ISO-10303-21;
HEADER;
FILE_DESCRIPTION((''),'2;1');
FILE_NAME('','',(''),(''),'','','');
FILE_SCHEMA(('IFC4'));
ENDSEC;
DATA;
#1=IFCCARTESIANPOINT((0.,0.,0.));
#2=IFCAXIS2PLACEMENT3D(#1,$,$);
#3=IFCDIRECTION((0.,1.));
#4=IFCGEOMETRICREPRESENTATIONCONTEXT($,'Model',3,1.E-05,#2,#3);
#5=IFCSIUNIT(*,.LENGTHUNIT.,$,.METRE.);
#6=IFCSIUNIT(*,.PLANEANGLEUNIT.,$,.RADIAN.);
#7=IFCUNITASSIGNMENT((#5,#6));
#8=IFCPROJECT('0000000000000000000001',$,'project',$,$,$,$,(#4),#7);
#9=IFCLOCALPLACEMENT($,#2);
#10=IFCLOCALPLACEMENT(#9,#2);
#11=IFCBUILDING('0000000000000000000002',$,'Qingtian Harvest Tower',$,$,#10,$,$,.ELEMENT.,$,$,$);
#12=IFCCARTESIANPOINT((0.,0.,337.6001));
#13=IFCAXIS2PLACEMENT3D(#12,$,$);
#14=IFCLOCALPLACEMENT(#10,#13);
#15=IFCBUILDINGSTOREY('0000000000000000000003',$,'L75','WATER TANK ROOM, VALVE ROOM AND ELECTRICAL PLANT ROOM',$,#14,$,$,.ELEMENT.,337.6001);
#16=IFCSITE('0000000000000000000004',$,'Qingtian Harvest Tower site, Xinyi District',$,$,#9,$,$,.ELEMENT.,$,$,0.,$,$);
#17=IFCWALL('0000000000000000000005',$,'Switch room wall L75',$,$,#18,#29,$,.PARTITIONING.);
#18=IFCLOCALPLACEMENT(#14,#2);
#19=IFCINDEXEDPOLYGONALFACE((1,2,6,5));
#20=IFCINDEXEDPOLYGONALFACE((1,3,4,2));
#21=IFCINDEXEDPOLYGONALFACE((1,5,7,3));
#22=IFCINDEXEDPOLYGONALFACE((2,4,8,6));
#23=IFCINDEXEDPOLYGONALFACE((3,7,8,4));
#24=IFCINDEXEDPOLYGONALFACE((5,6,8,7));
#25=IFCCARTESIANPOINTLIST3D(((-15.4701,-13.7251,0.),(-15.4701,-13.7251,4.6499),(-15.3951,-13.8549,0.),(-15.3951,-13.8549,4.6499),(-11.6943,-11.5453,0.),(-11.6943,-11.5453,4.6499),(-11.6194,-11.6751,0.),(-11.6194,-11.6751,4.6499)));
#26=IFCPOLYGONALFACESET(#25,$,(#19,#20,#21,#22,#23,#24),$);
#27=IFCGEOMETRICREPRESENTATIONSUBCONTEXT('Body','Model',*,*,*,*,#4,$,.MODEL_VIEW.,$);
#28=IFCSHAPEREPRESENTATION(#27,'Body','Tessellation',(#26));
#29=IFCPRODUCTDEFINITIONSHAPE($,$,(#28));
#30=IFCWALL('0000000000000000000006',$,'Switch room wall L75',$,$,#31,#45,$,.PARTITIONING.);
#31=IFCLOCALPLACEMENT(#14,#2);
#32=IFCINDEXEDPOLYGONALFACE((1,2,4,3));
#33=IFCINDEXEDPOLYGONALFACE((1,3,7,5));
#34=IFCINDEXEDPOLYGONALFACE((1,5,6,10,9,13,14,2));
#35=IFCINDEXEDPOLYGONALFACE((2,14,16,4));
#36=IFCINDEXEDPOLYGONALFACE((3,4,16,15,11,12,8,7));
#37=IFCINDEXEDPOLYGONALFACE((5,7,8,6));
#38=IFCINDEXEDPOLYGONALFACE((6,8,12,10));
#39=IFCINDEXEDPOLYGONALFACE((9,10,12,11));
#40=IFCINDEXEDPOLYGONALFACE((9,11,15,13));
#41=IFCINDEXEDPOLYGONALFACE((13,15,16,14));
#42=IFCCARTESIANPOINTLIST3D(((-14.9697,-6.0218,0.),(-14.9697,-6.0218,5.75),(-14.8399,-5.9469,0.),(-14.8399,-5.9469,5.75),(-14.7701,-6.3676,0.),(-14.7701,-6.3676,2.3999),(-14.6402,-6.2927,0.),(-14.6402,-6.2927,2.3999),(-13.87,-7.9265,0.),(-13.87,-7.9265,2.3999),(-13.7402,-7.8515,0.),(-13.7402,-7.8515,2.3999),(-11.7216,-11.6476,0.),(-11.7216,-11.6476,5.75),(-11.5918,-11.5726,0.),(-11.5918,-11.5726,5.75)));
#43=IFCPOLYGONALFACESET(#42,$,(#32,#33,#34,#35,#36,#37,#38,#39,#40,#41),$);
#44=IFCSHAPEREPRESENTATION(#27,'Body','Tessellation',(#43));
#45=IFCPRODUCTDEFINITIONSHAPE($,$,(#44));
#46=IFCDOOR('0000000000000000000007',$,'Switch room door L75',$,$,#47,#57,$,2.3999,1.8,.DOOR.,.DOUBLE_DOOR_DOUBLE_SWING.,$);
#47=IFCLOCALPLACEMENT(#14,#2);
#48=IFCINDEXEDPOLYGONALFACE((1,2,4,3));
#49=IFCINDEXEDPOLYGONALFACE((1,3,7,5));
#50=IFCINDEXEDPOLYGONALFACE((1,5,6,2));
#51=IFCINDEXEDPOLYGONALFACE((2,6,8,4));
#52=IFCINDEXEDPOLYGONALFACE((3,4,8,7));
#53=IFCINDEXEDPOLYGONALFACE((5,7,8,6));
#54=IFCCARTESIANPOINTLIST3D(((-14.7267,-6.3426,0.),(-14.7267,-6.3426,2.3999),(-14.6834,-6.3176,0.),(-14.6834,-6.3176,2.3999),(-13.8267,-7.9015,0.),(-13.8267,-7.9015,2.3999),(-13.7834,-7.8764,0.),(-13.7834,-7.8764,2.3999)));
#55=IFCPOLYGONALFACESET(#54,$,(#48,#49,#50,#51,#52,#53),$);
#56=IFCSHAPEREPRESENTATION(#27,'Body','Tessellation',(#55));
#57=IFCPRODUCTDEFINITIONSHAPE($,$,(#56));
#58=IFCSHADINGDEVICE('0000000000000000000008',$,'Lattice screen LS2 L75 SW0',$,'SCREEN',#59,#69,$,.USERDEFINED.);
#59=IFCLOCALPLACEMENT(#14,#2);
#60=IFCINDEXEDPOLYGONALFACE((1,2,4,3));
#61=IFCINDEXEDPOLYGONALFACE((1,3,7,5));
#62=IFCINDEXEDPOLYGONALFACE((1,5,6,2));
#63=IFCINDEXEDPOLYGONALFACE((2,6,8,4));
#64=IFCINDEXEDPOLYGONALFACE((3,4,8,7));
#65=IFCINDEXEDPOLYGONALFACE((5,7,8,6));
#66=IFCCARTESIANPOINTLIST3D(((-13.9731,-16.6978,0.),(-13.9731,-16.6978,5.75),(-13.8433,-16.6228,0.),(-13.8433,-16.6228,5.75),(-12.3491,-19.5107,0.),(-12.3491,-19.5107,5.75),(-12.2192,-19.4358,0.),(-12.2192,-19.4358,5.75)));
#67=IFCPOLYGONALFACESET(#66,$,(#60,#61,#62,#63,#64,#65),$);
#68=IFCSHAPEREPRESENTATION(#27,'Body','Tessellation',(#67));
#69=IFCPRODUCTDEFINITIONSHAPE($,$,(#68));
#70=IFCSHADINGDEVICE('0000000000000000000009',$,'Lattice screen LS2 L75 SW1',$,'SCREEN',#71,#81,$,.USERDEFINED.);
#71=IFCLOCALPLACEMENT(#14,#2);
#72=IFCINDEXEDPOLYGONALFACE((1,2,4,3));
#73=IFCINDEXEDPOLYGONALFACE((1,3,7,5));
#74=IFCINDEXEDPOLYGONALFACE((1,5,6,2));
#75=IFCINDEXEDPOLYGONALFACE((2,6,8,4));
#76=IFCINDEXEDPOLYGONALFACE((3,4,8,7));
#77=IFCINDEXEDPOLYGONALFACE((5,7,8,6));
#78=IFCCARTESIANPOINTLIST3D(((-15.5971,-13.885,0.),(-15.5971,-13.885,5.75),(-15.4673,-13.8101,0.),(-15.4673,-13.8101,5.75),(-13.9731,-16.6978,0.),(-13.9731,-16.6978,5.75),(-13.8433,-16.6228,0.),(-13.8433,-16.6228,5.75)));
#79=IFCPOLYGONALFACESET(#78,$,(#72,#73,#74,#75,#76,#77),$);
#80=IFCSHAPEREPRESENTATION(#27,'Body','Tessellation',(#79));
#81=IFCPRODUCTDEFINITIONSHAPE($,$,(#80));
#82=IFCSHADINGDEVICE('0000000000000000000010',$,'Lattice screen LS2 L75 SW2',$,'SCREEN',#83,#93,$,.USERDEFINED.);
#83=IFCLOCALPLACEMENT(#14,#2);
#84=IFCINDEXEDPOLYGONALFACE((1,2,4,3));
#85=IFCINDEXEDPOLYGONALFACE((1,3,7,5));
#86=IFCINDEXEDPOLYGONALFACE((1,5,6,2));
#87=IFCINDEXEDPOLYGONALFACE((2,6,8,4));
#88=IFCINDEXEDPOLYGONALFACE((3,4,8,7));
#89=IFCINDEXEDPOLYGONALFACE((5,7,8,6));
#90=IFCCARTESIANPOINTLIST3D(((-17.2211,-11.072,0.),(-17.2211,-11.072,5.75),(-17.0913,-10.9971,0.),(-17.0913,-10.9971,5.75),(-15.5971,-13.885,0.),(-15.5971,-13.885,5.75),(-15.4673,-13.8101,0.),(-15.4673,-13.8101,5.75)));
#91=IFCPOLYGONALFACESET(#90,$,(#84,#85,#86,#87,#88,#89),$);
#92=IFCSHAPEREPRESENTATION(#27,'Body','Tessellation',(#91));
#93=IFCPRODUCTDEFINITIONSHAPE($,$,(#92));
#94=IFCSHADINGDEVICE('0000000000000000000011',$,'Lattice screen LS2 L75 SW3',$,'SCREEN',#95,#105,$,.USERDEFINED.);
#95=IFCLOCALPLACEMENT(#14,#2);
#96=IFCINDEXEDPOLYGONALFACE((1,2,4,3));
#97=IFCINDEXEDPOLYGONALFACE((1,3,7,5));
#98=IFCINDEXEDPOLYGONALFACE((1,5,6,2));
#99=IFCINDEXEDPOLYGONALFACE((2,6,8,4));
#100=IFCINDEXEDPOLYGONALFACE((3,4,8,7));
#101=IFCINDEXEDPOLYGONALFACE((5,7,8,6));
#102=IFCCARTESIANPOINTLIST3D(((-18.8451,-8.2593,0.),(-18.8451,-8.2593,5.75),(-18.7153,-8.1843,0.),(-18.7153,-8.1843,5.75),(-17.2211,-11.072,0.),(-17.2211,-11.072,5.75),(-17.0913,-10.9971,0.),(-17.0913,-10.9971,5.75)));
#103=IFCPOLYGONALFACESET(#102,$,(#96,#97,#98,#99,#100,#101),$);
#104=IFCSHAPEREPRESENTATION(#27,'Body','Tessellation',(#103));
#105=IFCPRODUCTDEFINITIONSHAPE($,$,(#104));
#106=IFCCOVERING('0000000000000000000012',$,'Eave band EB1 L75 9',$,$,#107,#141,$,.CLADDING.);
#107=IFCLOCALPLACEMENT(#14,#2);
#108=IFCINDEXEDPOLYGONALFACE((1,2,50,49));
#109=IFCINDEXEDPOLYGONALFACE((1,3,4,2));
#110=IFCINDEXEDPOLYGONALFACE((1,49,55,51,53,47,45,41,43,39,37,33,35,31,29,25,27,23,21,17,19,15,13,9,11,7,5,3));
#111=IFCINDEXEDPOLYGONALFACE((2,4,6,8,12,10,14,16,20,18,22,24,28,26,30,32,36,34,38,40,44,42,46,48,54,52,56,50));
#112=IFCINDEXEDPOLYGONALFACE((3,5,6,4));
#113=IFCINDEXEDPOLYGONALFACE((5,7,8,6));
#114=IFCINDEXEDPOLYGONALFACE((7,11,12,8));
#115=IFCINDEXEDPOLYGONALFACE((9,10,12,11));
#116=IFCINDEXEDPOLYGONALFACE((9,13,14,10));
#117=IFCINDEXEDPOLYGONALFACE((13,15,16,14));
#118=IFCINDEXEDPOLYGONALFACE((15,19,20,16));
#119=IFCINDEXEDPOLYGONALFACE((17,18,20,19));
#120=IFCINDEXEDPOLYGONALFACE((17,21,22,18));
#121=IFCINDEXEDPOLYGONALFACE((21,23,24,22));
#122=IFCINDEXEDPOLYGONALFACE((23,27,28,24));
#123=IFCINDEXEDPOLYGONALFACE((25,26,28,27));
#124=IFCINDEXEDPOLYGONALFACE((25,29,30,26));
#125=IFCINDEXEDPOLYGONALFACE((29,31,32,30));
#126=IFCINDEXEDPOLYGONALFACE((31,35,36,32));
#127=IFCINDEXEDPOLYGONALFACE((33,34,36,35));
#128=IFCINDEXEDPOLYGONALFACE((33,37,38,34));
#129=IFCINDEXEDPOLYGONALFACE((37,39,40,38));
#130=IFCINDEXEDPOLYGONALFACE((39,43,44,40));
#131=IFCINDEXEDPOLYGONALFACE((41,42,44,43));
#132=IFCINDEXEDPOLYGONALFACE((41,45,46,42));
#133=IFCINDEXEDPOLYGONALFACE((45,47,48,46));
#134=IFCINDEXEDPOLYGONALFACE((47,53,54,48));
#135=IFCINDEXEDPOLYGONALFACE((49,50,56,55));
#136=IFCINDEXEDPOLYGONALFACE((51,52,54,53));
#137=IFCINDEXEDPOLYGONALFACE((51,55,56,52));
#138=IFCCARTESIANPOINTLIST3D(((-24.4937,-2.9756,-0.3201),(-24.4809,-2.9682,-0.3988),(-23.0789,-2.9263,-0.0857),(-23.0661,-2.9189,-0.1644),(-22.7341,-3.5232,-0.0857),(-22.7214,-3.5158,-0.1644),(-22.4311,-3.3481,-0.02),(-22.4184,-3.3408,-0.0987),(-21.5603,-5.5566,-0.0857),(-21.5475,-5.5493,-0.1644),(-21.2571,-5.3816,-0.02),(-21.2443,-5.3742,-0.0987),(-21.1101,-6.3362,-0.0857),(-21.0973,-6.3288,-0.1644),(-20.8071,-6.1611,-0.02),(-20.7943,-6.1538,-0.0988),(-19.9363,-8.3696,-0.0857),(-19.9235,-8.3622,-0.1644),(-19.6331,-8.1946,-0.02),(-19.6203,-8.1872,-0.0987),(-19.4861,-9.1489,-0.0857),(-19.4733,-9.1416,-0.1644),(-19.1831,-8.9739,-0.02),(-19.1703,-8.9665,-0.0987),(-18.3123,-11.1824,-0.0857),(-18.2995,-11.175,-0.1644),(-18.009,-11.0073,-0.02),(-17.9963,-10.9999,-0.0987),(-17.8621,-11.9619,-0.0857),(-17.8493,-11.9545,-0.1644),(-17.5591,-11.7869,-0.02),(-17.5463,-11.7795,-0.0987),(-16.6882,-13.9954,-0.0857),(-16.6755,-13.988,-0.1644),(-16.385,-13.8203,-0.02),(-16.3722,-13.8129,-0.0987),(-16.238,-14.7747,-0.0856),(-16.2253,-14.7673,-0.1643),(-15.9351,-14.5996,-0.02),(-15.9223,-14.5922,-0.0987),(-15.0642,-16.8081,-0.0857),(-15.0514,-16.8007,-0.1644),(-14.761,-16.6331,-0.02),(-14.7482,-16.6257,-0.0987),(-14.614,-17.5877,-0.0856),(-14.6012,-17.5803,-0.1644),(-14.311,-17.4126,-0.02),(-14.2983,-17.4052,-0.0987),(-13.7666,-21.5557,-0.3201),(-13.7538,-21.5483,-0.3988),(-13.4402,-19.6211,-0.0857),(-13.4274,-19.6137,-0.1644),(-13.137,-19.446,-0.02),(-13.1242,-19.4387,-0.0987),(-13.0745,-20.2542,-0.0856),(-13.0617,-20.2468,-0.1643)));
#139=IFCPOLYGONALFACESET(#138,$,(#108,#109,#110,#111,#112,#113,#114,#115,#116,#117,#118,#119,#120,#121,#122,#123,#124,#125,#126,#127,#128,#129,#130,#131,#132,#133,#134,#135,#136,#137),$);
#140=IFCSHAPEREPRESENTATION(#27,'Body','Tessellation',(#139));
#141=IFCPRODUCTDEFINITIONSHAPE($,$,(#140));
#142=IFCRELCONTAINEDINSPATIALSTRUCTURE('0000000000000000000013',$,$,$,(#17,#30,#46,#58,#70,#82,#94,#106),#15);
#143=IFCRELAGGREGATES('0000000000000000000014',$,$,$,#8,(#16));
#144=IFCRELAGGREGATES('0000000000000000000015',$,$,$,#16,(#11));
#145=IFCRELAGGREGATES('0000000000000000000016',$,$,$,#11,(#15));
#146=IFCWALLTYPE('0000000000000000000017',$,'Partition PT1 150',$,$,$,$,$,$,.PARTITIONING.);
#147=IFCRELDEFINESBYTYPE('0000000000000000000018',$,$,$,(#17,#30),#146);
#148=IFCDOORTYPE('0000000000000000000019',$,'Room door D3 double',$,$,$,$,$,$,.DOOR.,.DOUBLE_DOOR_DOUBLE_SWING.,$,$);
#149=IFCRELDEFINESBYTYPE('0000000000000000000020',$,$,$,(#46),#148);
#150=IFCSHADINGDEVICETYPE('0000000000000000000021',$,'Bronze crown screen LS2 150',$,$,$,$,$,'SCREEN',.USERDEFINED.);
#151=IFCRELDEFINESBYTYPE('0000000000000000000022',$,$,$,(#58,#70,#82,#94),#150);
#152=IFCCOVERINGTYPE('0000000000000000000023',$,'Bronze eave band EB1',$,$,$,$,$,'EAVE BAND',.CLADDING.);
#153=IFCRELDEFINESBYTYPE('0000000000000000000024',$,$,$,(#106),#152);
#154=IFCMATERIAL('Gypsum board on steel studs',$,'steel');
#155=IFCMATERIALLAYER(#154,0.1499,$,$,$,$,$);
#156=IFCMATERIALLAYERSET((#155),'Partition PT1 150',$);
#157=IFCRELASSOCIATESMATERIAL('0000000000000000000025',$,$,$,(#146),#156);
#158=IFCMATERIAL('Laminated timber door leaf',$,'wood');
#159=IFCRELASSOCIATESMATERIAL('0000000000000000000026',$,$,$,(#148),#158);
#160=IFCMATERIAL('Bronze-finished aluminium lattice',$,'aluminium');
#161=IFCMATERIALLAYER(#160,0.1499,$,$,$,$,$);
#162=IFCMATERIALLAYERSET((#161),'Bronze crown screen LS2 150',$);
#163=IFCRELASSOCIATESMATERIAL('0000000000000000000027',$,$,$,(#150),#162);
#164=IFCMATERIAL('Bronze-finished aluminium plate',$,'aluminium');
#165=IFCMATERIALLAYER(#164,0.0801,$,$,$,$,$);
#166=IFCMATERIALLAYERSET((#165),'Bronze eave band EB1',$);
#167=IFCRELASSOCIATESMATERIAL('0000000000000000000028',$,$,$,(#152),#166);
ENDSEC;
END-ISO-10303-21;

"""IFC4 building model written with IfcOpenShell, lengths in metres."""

from ifc_helpers import new_model, si_unit, direction, frame, frame_2d, origin, place, context, subcontext, project, spatial, polyline, rectangle, outline, extrude, material, layer, layer_set, type_object, element, fill, save


model = new_model("IFC4")

# Units and contexts
model_context = context("Model", 3, precision=1e-05, world=origin(), true_north=direction((0.0, 1.0)))
body_context = subcontext(model_context, "Body", "Model", "MODEL_VIEW")
ifc_project = project(units=[si_unit("LENGTHUNIT", "METRE"), si_unit("PLANEANGLEUNIT", "RADIAN")], contexts=[model_context])

# Site, building, storey
site_placement = place(None, origin())
site = spatial("IfcSite", under=ifc_project, at=site_placement, Name="Qingtian Harvest Tower site, Xinyi District", CompositionType="ELEMENT", RefElevation=0.0)
building_placement = place(site_placement, origin())
building = spatial("IfcBuilding", under=site, at=building_placement, Name="Qingtian Harvest Tower", CompositionType="ELEMENT")
storey_placement = place(building_placement, frame((0.0, 0.0, 337.6001)))
storey = spatial("IfcBuildingStorey", under=building, at=storey_placement, Name="L75", Description="WATER TANK ROOM, VALVE ROOM AND ELECTRICAL PLANT ROOM", CompositionType="ELEMENT", Elevation=337.6001)

# Wall
ifc_material_1 = material(Name="Gypsum board on steel studs", Category="steel")
ifc_layer_1 = layer(ifc_material_1, 0.1499)
ifc_layer_set_1 = layer_set([ifc_layer_1], Name="Partition PT1 150")
wall_type = type_object("IfcWallType", Name="Partition PT1 150", PredefinedType="PARTITIONING", material=ifc_layer_set_1)
wall_1_placement = place(storey_placement, frame((-15.4326, -13.79, 0.0), z_axis=(0.0, 0.0, 1.0), x_axis=(0.866033, 0.499987, 0.0)))
element("IfcWall", 1, at=wall_1_placement, inside=storey, type_object=wall_type, Name="Switch room wall L75", PredefinedType="PARTITIONING", context=body_context, shape_type="SweptSolid", body=[
    extrude(rectangle(XDim=4.3599, YDim=0.1499, at=frame_2d((2.1799, 0.0))), origin(), (0.0, 0.0, 1.0), 4.6499),
])

# Wall, opening, door
wall_2_placement = place(storey_placement, frame((-11.6567, -11.6101, 0.0), z_axis=(0.0, 0.0, 1.0), x_axis=(-0.500003, 0.866023, 0.0)))
wall_2 = element("IfcWall", 2, at=wall_2_placement, inside=storey, type_object=wall_type, Name="Switch room wall L75", PredefinedType="PARTITIONING", context=body_context, shape_type="SweptSolid", body=[
    extrude(rectangle(XDim=6.4961, YDim=0.1499, at=frame_2d((3.248, 0.0))), origin(), (0.0, 0.0, 1.0), 5.75),
])
opening_placement = place(wall_2_placement, frame((4.2969, 0.0, 0.0)))
opening = element("IfcOpeningElement", 3, at=opening_placement, cuts=wall_2, PredefinedType="OPENING", context=body_context, shape_type="SweptSolid", body=[
    extrude(rectangle(XDim=1.8, YDim=2.3999, at=frame_2d((0.8999, 1.2))), frame((0.0, 0.085, 0.0), z_axis=(0.0, -1.0, 0.0), x_axis=(1.0, 0.0, 0.0)), (0.0, 0.0, 1.0), 0.1699),
])
ifc_material_2 = material(Name="Laminated timber door leaf", Category="wood")
door_type = type_object("IfcDoorType", Name="Room door D3 double", OperationType="DOUBLE_DOOR_DOUBLE_SWING", PredefinedType="DOOR", material=ifc_material_2)
door_placement = place(opening_placement, origin())
door = element("IfcDoor", 4, at=door_placement, inside=storey, type_object=door_type, Name="Switch room door L75", OperationType="DOUBLE_DOOR_DOUBLE_SWING", OverallHeight=2.3999, OverallWidth=1.8, PredefinedType="DOOR", context=body_context, shape_type="SweptSolid", body=[
    extrude(rectangle(XDim=1.8, YDim=2.3999, at=frame_2d((0.8999, 1.2))), frame((0.0, 0.0249, 0.0), z_axis=(0.0, -1.0, 0.0), x_axis=(1.0, 0.0, 0.0)), (0.0, 0.0, 1.0), 0.05),
])
fill(opening, door)

# Shading devices
ifc_material_3 = material(Name="Bronze-finished aluminium lattice", Category="aluminium")
ifc_layer_2 = layer(ifc_material_3, 0.1499)
ifc_layer_set_2 = layer_set([ifc_layer_2], Name="Bronze crown screen LS2 150")
shading_device_type = type_object("IfcShadingDeviceType", Name="Bronze crown screen LS2 150", ElementType="SCREEN", PredefinedType="USERDEFINED", material=ifc_layer_set_2)
shading_device_1_placement = place(storey_placement, frame((-12.2192, -19.4358, 0.0), z_axis=(0.866033, 0.499987, 0.0), x_axis=(-0.499987, 0.866033, 0.0)))
element("IfcShadingDevice", 5, at=shading_device_1_placement, inside=storey, type_object=shading_device_type, Name="Lattice screen LS2 L75 SW0", ObjectType="SCREEN", PredefinedType="USERDEFINED", context=body_context, shape_type="SweptSolid", body=[
    extrude(outline(polyline([(0.0, 0.0), (3.2481, 0.0), (3.2481, 5.75), (0.0, 5.75), (0.0, 0.0)])), origin(), (0.0, 0.0, -1.0), 0.1499),
])
shading_device_2_placement = place(storey_placement, frame((-13.8433, -16.6228, 0.0), z_axis=(0.866014, 0.50002, 0.0), x_axis=(-0.50002, 0.866014, 0.0)))
element("IfcShadingDevice", 6, at=shading_device_2_placement, inside=storey, type_object=shading_device_type, Name="Lattice screen LS2 L75 SW1", ObjectType="SCREEN", PredefinedType="USERDEFINED", context=body_context, shape_type="SweptSolid", body=[
    extrude(outline(polyline([(0.0, 0.0), (3.2479, 0.0), (3.2479, 5.75), (0.0, 5.75), (0.0, 0.0)])), origin(), (0.0, 0.0, -1.0), 0.1499),
])
shading_device_3_placement = place(storey_placement, frame((-15.4673, -13.8101, 0.0), z_axis=(0.866033, 0.499987, 0.0), x_axis=(-0.499987, 0.866033, 0.0)))
element("IfcShadingDevice", 7, at=shading_device_3_placement, inside=storey, type_object=shading_device_type, Name="Lattice screen LS2 L75 SW2", ObjectType="SCREEN", PredefinedType="USERDEFINED", context=body_context, shape_type="SweptSolid", body=[
    extrude(outline(polyline([(0.0, 0.0), (3.2481, 0.0), (3.2481, 5.75), (0.0, 5.75), (0.0, 0.0)])), origin(), (0.0, 0.0, -1.0), 0.1499),
])
shading_device_4_placement = place(storey_placement, frame((-17.0913, -10.9971, 0.0), z_axis=(0.866014, 0.50002, 0.0), x_axis=(-0.50002, 0.866014, 0.0)))
element("IfcShadingDevice", 8, at=shading_device_4_placement, inside=storey, type_object=shading_device_type, Name="Lattice screen LS2 L75 SW3", ObjectType="SCREEN", PredefinedType="USERDEFINED", context=body_context, shape_type="SweptSolid", body=[
    extrude(outline(polyline([(0.0, 0.0), (3.2479, 0.0), (3.2479, 5.75), (0.0, 5.75), (0.0, 0.0)])), origin(), (0.0, 0.0, -1.0), 0.1499),
])

# Covering
ifc_material_4 = material(Name="Bronze-finished aluminium plate", Category="aluminium")
ifc_layer_3 = layer(ifc_material_4, 0.0801)
ifc_layer_set_3 = layer_set([ifc_layer_3], Name="Bronze eave band EB1")
covering_type = type_object("IfcCoveringType", Name="Bronze eave band EB1", ElementType="EAVE BAND", PredefinedType="CLADDING", material=ifc_layer_set_3)
covering_placement = place(storey_placement, frame((-13.137, -19.446, -0.02), z_axis=(-0.159618, -0.092155, 0.982868), x_axis=(-0.851209, -0.491399, -0.18431)))
element("IfcCovering", 9, at=covering_placement, inside=storey, type_object=covering_type, Name="Eave band EB1 L75 9", PredefinedType="CLADDING", context=body_context, shape_type="SweptSolid", body=[
    extrude(outline(polyline([(0.0, 0.0), (0.3562, 0.0), (0.356, 0.7311), (1.6279, 1.5122), (1.6287, -19.9421), (0.3569, -19.2775), (0.3568, -18.5882), (0.0008, -18.5883), (0.0007, -16.2402), (0.3569, -16.2402), (0.3568, -15.34), (0.0007, -15.3402), (0.0006, -12.9921), (0.3568, -12.9921), (0.3565, -12.0921), (0.0005, -12.0922), (0.0004, -9.7442), (0.3566, -9.7442), (0.3565, -8.844), (0.0004, -8.8441), (0.0003, -6.4961), (0.3565, -6.4961), (0.3563, -5.5961), (0.0002, -5.5962), (0.0001, -3.2481), (0.3563, -3.2481), (0.3562, -2.3479), (0.0001, -2.3481), (0.0, 0.0)])), origin(), (0.0, 0.0, -1.0), 0.0801),
])

save(model, "model.ifc")
